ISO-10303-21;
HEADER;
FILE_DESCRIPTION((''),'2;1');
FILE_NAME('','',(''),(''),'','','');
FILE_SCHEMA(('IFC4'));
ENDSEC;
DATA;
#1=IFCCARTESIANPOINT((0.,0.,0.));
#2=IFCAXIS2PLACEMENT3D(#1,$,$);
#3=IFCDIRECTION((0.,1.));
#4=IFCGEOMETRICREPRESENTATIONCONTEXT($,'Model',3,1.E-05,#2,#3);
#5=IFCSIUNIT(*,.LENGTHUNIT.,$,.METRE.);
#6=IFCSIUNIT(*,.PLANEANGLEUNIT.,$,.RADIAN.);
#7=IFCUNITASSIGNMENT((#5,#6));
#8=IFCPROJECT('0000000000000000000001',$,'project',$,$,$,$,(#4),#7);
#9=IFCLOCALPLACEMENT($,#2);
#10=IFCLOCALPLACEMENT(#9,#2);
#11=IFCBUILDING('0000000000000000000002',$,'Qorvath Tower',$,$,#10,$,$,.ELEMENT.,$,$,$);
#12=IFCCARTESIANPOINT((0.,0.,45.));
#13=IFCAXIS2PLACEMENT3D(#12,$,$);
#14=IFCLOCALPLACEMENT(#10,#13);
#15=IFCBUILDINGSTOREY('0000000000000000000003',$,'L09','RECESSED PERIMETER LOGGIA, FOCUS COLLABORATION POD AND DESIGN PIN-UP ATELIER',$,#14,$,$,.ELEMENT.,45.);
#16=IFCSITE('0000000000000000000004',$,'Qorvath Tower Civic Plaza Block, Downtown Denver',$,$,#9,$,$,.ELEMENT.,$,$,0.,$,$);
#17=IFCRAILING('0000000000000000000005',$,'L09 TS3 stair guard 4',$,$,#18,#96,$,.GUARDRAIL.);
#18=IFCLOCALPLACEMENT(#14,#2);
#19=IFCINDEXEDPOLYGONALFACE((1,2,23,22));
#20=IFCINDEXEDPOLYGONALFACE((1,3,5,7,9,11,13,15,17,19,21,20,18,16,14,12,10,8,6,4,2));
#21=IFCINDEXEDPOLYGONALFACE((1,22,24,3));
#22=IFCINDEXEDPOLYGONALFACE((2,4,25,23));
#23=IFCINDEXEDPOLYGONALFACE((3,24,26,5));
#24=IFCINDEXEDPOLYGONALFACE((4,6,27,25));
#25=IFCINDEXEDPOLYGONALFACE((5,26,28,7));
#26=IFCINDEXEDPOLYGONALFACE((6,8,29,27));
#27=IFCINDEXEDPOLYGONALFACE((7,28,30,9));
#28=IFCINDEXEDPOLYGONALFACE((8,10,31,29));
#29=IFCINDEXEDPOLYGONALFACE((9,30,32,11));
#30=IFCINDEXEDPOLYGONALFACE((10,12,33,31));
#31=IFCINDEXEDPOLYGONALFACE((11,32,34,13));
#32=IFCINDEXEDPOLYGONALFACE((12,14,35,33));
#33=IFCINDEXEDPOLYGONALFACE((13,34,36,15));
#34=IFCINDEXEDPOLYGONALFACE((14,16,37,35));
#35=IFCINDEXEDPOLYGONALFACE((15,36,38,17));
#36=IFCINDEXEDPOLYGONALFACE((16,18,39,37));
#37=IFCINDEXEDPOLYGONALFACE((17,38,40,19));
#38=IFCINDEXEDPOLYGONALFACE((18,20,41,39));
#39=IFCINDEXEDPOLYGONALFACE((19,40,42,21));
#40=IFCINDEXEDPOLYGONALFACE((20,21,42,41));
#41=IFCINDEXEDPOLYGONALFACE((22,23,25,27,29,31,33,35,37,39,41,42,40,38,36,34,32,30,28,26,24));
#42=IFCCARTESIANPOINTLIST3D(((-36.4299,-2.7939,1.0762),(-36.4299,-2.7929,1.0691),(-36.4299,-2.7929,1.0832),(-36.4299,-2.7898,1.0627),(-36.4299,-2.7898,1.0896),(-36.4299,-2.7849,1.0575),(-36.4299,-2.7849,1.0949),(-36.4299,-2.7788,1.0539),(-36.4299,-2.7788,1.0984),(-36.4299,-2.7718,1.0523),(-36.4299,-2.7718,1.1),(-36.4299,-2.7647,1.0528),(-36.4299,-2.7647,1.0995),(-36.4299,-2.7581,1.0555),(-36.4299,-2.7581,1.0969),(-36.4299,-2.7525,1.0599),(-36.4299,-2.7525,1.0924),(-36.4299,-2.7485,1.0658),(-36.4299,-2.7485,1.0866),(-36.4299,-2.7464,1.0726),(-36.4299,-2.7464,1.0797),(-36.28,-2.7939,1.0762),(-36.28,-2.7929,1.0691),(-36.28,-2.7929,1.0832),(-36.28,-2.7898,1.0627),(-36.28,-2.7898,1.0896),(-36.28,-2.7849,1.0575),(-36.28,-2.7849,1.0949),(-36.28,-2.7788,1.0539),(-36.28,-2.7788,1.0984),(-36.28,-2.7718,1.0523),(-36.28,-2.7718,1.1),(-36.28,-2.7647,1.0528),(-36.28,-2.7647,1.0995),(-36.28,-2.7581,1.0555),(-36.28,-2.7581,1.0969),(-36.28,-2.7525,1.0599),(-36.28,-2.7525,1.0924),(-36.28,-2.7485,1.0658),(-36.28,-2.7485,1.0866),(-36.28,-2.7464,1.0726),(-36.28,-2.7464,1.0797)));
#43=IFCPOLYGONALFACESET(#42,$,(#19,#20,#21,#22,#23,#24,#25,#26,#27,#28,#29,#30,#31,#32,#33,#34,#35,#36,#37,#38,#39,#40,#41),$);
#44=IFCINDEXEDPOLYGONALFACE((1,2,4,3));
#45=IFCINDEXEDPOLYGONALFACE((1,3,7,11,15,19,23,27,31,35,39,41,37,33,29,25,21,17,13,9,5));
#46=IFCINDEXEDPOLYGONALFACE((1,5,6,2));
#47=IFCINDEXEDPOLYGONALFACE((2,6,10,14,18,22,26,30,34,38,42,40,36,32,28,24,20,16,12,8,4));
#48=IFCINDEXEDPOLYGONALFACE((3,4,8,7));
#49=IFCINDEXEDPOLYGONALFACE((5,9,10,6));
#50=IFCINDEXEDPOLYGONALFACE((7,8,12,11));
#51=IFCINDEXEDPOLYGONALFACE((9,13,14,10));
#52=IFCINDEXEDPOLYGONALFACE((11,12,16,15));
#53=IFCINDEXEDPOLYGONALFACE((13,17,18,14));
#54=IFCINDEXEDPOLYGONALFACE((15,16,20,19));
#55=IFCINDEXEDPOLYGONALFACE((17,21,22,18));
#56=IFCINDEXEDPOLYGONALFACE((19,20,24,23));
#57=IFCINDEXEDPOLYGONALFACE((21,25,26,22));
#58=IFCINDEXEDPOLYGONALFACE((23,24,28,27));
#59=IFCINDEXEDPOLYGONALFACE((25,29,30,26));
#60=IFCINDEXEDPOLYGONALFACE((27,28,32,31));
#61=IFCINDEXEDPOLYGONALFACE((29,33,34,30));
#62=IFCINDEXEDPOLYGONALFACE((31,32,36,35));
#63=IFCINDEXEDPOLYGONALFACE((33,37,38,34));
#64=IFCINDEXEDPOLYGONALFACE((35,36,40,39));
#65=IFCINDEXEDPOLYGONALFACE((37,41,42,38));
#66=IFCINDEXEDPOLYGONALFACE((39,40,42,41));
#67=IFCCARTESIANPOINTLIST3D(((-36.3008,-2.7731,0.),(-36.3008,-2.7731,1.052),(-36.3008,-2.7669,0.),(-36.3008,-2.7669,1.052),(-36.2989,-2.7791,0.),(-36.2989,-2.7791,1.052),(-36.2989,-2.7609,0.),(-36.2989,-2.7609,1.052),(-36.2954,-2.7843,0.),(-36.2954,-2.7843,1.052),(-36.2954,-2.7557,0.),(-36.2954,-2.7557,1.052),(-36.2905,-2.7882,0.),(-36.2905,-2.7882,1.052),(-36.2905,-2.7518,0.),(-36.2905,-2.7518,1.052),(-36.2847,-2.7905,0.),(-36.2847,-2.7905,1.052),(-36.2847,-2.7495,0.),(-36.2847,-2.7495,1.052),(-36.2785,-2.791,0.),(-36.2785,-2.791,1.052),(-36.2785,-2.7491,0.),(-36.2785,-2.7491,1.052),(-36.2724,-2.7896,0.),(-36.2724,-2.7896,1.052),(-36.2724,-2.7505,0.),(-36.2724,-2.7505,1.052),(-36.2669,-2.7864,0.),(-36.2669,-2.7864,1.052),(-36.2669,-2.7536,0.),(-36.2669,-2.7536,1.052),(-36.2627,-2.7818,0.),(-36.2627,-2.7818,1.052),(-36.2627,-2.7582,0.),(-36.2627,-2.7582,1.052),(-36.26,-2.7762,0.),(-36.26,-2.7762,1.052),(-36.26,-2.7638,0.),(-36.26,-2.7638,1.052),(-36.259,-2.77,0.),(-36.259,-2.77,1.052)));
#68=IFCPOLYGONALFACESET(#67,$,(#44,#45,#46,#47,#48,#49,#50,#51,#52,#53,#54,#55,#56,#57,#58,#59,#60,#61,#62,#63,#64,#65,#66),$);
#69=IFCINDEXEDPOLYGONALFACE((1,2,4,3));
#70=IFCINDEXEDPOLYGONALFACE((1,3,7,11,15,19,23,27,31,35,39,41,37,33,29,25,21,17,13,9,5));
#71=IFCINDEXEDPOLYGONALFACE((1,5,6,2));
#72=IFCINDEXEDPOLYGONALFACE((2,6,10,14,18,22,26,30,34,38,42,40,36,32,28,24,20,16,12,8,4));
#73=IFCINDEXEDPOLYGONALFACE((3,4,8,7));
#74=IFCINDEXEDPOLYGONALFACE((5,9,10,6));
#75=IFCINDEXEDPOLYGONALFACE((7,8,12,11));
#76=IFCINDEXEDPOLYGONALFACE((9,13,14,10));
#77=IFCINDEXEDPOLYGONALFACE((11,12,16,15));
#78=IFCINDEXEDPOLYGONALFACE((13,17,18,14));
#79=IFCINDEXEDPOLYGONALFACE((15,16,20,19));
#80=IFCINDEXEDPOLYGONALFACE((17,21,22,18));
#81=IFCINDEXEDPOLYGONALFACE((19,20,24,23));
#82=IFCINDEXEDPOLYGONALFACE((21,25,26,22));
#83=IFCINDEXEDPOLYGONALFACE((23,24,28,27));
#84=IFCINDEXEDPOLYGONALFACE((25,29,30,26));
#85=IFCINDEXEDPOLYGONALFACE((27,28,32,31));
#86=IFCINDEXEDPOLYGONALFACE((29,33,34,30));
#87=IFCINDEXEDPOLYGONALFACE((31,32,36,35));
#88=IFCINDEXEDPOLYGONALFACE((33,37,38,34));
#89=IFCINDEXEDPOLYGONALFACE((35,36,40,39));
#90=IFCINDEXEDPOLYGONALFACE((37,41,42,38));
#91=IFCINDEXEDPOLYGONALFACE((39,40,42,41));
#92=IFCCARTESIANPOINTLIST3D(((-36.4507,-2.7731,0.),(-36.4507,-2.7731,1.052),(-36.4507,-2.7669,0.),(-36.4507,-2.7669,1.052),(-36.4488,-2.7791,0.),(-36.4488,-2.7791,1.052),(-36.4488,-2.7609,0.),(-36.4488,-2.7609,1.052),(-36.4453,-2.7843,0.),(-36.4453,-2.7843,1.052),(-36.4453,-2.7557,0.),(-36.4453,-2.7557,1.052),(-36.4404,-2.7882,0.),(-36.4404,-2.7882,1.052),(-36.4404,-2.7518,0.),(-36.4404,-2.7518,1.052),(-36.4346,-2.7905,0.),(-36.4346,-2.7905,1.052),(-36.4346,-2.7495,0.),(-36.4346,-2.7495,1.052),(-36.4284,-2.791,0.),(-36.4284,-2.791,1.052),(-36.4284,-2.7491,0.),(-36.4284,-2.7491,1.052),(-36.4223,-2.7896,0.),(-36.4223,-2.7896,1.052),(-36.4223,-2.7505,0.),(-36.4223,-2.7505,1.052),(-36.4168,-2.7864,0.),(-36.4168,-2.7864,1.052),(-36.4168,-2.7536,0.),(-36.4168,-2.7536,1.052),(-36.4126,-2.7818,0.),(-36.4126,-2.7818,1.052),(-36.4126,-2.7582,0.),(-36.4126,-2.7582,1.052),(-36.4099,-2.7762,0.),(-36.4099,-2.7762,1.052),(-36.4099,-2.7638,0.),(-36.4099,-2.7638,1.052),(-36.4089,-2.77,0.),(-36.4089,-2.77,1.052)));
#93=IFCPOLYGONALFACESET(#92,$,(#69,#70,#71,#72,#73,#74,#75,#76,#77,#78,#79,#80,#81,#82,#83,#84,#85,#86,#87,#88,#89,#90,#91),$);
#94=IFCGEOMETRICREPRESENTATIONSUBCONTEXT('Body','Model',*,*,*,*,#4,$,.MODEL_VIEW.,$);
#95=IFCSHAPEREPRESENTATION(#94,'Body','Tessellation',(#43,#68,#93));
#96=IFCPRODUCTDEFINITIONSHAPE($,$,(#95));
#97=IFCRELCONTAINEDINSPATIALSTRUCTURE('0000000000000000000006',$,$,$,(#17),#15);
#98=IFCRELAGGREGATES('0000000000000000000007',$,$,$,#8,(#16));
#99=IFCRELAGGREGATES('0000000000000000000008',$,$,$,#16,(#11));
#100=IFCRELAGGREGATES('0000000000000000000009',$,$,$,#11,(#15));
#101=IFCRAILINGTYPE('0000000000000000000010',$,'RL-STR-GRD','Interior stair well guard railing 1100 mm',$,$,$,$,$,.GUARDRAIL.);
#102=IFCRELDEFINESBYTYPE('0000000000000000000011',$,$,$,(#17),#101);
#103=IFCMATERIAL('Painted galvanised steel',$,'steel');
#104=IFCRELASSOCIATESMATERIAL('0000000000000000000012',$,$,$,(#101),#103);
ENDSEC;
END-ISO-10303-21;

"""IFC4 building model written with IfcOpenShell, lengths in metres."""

from ifc_helpers import new_model, si_unit, direction, frame, origin, origin_2d, place, context, subcontext, project, spatial, circle, extrude, material, type_object, element, save


model = new_model("IFC4")

# Units and contexts
model_context = context("Model", 3, precision=1e-05, world=origin(), true_north=direction((0.0, 1.0)))
body_context = subcontext(model_context, "Body", "Model", "MODEL_VIEW")
ifc_project = project(units=[si_unit("LENGTHUNIT", "METRE"), si_unit("PLANEANGLEUNIT", "RADIAN")], contexts=[model_context])

# Site, building, storey
site_placement = place(None, origin())
site = spatial("IfcSite", under=ifc_project, at=site_placement, Name="Qorvath Tower Civic Plaza Block, Downtown Denver", CompositionType="ELEMENT", RefElevation=0.0)
building_placement = place(site_placement, origin())
building = spatial("IfcBuilding", under=site, at=building_placement, Name="Qorvath Tower", CompositionType="ELEMENT")
storey_placement = place(building_placement, frame((0.0, 0.0, 45.0)))
storey = spatial("IfcBuildingStorey", under=building, at=storey_placement, Name="L09", Description="RECESSED PERIMETER LOGGIA, FOCUS COLLABORATION POD AND DESIGN PIN-UP ATELIER", CompositionType="ELEMENT", Elevation=45.0)

# Railing
ifc_material_1 = material(Name="Painted galvanised steel", Category="steel")
railing_type_1 = type_object("IfcRailingType", Name="RL-STR-GRD", Description="Interior stair well guard railing 1100 mm", PredefinedType="GUARDRAIL", material=ifc_material_1)
railing_1_placement = place(storey_placement, frame((-36.28, -2.77, 0.0)))
element("IfcRailing", 1, at=railing_1_placement, inside=storey, type_object=railing_type_1, Name="L09 TS3 stair guard 4", PredefinedType="GUARDRAIL", context=body_context, shape_type="SweptSolid", body=[
    extrude(circle(Radius=0.0239, at=origin_2d()), frame((0.0, 0.0, 1.0762), z_axis=(-1.0, 0.0, 0.0), x_axis=(0.0, -1.0, 0.0)), (0.0, 0.0, 1.0), 0.1499),
    extrude(circle(Radius=0.021, at=origin_2d()), origin(), (0.0, 0.0, 1.0), 1.052),
    extrude(circle(Radius=0.021, at=origin_2d()), frame((-0.1499, 0.0, 0.0)), (0.0, 0.0, 1.0), 1.052),
])

save(model, "model.ifc")
